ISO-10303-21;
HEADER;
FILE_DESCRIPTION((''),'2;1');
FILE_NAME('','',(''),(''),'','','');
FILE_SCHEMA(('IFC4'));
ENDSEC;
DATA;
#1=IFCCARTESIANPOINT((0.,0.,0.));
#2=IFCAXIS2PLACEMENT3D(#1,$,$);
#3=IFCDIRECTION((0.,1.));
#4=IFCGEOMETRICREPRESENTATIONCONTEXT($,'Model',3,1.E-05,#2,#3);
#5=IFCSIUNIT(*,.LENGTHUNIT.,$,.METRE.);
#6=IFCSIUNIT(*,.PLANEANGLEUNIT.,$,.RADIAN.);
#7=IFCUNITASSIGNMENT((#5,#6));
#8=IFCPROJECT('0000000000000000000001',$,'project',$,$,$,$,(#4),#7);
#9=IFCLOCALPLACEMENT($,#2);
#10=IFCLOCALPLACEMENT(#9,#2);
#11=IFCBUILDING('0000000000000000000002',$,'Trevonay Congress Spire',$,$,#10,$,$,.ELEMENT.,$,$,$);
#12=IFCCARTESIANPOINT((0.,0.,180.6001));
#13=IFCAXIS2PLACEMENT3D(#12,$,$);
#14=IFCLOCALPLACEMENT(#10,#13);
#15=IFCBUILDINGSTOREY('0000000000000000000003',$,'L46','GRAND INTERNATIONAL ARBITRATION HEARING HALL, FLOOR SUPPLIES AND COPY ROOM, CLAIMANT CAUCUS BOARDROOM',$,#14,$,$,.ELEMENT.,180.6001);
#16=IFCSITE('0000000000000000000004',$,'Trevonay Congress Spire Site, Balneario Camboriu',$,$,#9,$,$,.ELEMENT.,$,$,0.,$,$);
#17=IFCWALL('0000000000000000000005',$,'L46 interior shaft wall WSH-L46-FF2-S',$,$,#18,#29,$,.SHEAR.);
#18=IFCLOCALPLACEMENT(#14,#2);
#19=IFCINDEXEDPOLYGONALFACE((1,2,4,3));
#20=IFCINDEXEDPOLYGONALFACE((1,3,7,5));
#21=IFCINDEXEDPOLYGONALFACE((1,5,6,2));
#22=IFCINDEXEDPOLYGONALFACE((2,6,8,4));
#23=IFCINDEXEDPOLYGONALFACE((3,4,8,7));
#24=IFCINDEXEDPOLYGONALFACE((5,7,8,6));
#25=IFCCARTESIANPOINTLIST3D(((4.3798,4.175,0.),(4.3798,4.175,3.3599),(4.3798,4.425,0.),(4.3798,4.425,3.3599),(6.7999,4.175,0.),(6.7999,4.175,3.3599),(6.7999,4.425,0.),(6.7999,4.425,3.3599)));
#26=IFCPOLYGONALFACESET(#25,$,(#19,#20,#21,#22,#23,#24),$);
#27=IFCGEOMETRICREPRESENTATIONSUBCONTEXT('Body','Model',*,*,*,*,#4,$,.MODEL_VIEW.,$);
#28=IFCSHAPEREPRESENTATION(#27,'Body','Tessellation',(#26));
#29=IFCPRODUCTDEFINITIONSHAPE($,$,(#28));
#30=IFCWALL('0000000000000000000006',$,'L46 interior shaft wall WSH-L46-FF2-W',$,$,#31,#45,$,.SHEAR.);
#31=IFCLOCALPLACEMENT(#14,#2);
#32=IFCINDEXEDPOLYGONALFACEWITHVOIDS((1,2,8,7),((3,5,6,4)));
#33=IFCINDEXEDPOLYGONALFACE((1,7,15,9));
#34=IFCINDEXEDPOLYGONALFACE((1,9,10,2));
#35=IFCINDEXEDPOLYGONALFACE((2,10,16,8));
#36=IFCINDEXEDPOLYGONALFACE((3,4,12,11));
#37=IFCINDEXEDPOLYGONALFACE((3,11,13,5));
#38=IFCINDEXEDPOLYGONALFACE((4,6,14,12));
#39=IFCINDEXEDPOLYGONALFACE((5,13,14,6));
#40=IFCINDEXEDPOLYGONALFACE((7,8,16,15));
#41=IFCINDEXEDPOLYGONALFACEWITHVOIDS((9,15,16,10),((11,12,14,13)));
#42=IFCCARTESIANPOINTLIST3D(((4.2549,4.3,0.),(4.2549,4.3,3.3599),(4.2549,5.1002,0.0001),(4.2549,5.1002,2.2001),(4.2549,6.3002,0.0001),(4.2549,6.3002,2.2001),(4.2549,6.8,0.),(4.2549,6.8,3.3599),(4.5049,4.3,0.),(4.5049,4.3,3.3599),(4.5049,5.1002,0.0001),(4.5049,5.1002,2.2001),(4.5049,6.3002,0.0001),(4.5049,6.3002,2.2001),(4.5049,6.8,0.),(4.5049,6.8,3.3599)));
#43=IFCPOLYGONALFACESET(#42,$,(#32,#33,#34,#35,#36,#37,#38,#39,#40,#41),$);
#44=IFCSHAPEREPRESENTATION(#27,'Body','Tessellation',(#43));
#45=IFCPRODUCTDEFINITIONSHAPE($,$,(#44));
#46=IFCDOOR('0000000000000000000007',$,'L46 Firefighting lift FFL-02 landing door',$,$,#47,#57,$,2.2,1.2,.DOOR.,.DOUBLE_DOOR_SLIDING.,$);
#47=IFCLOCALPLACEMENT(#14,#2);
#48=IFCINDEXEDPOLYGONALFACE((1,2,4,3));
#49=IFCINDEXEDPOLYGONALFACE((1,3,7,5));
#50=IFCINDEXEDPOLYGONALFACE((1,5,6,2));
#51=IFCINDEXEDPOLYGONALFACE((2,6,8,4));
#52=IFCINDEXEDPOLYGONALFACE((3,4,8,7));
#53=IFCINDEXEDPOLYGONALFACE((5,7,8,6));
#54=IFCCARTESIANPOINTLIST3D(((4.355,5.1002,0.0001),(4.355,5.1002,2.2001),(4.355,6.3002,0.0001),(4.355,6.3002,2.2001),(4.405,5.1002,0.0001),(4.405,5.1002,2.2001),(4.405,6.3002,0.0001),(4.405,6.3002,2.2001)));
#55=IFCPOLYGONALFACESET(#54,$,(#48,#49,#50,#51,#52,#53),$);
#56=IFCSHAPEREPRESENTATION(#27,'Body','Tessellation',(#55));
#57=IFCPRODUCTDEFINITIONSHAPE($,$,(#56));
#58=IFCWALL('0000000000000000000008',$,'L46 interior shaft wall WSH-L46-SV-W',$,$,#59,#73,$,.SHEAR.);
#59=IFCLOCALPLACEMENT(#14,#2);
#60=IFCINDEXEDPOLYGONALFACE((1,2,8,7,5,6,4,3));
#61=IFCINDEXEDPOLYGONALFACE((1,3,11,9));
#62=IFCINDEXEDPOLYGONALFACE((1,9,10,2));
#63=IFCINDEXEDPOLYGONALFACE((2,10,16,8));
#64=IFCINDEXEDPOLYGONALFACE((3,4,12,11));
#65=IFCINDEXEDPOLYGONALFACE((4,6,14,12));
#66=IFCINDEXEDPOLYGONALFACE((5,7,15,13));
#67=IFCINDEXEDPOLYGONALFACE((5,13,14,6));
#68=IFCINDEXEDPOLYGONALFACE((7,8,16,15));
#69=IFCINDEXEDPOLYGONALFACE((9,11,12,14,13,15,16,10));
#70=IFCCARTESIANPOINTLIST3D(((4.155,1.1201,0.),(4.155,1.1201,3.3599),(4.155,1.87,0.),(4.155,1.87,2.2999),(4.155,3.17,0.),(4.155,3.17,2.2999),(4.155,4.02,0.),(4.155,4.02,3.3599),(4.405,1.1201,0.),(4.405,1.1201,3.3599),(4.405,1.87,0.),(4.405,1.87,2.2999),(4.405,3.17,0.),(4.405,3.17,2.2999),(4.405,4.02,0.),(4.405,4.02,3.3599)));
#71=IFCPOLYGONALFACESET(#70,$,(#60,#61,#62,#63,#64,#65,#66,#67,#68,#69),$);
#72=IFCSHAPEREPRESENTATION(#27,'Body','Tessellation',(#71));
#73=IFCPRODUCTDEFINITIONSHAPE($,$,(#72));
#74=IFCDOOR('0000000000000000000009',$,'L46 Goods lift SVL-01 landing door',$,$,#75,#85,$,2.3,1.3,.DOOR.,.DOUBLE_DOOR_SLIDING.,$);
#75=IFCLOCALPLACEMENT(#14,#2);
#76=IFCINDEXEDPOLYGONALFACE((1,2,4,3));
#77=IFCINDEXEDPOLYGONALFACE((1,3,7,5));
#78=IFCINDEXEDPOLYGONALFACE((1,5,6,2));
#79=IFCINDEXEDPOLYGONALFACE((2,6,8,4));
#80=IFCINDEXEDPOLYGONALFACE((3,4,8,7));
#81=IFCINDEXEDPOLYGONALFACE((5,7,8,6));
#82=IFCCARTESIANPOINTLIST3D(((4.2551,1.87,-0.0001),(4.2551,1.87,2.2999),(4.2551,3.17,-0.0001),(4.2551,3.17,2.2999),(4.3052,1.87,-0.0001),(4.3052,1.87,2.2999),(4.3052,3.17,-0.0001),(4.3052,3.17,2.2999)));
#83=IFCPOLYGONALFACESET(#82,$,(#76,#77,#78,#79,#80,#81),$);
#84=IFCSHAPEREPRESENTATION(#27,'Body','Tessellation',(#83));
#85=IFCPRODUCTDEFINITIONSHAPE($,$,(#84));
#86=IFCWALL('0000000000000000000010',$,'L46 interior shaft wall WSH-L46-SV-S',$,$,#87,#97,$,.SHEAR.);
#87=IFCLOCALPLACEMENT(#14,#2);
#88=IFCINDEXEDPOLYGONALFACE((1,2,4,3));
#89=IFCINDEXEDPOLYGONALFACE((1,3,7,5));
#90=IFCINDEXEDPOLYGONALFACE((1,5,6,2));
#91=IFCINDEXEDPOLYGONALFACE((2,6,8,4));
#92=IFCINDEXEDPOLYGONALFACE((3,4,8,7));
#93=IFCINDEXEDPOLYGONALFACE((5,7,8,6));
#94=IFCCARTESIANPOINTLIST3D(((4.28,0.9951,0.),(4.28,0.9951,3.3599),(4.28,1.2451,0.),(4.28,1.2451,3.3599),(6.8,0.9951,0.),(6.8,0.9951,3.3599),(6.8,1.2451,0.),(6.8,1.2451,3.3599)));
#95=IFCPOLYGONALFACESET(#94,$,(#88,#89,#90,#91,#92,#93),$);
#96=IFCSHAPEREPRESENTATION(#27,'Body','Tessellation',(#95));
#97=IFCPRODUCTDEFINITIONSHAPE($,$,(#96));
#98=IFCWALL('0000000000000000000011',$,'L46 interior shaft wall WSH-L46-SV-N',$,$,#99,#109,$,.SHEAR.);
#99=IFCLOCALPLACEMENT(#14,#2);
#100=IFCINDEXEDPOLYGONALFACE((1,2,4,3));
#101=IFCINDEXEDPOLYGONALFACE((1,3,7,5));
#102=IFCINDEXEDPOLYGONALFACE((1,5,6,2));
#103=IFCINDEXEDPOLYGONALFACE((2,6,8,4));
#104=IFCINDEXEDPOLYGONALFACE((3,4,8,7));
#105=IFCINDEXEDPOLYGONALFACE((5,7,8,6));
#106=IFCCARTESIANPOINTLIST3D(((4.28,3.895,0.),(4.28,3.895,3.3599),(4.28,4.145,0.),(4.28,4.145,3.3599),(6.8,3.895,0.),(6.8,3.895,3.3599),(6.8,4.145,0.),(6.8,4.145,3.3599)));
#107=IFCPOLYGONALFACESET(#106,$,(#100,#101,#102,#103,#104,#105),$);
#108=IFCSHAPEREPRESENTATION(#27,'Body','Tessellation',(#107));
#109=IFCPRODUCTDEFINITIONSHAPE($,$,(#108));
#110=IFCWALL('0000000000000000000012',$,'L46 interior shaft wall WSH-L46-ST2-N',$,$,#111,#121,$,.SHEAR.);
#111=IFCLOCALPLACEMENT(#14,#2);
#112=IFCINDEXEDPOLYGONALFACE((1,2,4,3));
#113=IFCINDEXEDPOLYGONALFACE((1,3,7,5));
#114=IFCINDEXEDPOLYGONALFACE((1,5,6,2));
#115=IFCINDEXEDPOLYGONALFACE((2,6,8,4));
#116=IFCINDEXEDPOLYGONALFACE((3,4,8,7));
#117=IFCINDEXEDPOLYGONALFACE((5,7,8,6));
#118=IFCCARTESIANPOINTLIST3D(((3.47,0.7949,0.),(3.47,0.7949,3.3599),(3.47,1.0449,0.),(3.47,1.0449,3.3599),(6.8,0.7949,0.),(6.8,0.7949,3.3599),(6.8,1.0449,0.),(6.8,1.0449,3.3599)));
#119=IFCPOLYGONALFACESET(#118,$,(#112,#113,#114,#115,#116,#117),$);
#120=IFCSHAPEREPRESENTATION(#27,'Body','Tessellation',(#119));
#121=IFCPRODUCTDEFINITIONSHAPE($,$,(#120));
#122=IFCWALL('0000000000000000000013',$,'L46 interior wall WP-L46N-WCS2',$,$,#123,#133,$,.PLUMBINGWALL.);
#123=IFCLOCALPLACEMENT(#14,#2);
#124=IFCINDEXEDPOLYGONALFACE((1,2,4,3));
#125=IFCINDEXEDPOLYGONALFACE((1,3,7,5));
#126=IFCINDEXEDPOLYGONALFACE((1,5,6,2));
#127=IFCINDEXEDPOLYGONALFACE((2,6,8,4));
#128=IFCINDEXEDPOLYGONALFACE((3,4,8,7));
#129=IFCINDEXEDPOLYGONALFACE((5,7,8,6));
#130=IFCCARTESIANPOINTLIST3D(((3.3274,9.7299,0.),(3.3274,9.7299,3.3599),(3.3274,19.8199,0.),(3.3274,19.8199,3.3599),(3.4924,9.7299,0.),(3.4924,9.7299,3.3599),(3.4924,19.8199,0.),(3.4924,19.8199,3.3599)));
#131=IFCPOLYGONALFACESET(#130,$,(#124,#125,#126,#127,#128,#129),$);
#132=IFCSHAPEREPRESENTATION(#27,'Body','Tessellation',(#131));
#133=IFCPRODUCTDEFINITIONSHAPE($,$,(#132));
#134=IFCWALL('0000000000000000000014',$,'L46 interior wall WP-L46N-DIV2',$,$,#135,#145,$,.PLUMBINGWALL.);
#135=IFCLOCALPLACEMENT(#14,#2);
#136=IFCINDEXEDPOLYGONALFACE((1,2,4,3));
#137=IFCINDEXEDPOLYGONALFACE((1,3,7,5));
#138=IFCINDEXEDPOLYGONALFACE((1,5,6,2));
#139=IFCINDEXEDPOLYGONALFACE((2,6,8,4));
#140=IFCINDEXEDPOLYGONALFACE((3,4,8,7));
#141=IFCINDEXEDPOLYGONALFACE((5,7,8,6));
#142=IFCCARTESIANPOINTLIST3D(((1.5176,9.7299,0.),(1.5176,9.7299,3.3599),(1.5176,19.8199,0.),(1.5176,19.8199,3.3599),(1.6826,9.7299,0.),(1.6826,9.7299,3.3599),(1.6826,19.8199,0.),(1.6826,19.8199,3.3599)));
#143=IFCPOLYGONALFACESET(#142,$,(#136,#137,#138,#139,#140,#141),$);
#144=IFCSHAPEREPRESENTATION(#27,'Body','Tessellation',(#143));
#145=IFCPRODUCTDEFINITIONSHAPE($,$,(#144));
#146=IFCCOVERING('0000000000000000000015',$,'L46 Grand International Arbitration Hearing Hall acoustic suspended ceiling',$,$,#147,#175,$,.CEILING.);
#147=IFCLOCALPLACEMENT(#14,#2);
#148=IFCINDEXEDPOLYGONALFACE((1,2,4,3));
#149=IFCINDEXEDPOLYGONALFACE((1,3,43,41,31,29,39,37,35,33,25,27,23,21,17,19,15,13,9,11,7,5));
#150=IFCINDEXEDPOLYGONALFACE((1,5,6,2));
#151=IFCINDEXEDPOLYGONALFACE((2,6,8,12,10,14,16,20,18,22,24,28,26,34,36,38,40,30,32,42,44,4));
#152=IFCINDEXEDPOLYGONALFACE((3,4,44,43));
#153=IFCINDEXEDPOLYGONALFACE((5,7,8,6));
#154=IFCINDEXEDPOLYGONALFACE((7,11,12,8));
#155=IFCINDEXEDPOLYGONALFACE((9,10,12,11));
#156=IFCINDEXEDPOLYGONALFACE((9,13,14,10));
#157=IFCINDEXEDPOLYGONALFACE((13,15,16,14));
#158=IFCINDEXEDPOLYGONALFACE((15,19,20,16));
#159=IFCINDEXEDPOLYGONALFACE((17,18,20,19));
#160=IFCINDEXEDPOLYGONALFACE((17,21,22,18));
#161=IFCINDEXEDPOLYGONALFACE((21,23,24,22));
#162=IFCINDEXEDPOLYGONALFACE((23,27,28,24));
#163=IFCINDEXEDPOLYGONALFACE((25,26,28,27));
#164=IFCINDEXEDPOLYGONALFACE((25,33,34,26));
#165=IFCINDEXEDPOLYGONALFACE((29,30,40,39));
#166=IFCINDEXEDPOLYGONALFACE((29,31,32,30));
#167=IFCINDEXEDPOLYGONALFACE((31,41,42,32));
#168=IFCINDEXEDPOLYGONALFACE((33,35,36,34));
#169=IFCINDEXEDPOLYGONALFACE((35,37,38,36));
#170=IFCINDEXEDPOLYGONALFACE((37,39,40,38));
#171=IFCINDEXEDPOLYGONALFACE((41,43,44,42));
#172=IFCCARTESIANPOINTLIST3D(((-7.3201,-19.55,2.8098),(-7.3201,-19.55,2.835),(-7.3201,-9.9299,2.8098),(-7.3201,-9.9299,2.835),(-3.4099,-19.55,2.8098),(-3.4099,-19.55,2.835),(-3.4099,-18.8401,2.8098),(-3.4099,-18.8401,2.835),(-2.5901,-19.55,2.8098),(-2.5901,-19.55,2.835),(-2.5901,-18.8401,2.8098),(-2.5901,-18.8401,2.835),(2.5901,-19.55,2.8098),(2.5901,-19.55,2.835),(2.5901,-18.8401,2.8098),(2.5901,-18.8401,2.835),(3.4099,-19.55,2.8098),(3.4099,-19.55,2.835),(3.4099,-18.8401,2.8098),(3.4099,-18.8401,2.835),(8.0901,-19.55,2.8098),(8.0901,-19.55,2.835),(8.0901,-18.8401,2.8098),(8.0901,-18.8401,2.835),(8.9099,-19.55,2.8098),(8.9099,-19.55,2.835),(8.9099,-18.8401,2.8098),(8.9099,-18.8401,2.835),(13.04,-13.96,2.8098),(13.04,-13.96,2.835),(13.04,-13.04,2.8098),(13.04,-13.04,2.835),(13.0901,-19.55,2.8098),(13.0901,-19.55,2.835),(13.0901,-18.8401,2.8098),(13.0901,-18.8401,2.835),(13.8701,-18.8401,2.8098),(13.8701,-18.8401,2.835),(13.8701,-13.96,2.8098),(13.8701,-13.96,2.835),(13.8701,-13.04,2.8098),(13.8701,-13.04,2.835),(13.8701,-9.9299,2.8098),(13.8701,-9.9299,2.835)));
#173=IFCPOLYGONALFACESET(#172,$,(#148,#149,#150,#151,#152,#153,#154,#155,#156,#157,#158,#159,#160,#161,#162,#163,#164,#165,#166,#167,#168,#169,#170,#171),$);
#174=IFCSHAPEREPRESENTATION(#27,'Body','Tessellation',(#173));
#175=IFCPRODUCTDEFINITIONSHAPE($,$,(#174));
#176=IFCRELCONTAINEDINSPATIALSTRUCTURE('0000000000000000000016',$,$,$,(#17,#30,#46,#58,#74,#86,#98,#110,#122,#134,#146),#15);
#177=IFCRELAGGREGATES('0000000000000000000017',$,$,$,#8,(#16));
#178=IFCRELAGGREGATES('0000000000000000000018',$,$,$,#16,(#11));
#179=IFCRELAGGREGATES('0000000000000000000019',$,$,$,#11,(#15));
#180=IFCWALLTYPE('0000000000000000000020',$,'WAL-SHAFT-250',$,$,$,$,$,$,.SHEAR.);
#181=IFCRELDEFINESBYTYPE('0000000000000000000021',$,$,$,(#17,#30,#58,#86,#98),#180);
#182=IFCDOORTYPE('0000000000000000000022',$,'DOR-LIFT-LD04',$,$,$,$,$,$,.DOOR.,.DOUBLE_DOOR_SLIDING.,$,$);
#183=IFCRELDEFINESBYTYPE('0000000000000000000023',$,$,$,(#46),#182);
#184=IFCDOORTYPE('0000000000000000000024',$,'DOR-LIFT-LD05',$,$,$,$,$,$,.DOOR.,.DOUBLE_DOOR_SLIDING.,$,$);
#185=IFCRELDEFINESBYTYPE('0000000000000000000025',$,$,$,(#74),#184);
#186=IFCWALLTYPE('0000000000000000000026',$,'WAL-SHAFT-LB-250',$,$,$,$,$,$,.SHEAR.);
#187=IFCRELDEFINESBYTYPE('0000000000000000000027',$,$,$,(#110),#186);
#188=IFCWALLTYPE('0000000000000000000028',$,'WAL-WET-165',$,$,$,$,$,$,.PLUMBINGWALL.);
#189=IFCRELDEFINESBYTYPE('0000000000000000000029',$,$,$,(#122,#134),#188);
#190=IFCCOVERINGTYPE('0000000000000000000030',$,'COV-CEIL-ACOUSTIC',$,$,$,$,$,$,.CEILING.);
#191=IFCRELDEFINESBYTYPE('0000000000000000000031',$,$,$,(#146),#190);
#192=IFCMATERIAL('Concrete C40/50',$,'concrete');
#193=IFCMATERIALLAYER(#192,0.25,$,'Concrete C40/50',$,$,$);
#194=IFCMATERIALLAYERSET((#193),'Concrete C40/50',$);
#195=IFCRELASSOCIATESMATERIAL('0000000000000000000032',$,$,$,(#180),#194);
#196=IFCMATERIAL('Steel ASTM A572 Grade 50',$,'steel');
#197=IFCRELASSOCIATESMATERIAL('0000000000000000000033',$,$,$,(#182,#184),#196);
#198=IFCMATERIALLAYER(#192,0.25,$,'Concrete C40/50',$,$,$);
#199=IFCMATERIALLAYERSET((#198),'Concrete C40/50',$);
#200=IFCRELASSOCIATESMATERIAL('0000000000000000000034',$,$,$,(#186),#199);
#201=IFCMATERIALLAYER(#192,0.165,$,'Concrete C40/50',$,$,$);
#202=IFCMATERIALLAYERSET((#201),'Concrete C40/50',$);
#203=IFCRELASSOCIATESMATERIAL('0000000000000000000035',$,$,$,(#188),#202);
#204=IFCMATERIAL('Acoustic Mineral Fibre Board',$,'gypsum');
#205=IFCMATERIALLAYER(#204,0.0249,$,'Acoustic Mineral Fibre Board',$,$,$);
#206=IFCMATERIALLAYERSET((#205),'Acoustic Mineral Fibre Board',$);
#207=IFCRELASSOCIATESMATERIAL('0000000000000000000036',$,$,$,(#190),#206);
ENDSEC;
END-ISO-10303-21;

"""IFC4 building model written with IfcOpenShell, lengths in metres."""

from ifc_helpers import new_model, si_unit, direction, frame, frame_2d, origin, place, context, subcontext, project, spatial, polyline, rectangle, outline, extrude, material, layer, layer_set, type_object, element, fill, save


model = new_model("IFC4")

# Units and contexts
model_context = context("Model", 3, precision=1e-05, world=origin(), true_north=direction((0.0, 1.0)))
body_context = subcontext(model_context, "Body", "Model", "MODEL_VIEW")
ifc_project = project(units=[si_unit("LENGTHUNIT", "METRE"), si_unit("PLANEANGLEUNIT", "RADIAN")], contexts=[model_context])

# Site, building, storey
site_placement = place(None, origin())
site = spatial("IfcSite", under=ifc_project, at=site_placement, Name="Trevonay Congress Spire Site, Balneario Camboriu", CompositionType="ELEMENT", RefElevation=0.0)
building_placement = place(site_placement, origin())
building = spatial("IfcBuilding", under=site, at=building_placement, Name="Trevonay Congress Spire", CompositionType="ELEMENT")
storey_placement = place(building_placement, frame((0.0, 0.0, 180.6001)))
storey = spatial("IfcBuildingStorey", under=building, at=storey_placement, Name="L46", Description="GRAND INTERNATIONAL ARBITRATION HEARING HALL, FLOOR SUPPLIES AND COPY ROOM, CLAIMANT CAUCUS BOARDROOM", CompositionType="ELEMENT", Elevation=180.6001)

# Shared definitions
ifc_material_1 = material(Name="Steel ASTM A572 Grade 50", Category="steel")

# Wall
ifc_material_2 = material(Name="Concrete C40/50", Category="concrete")
ifc_layer_1 = layer(ifc_material_2, 0.25, Name="Concrete C40/50")
ifc_layer_set_1 = layer_set([ifc_layer_1], Name="Concrete C40/50")
wall_type_1 = type_object("IfcWallType", Name="WAL-SHAFT-250", PredefinedType="SHEAR", material=ifc_layer_set_1)
wall_1_placement = place(storey_placement, frame((4.3799, 4.3, 0.0), z_axis=(0.0, 0.0, 1.0), x_axis=(1.0, 0.0, 0.0)))
element("IfcWall", 1, at=wall_1_placement, inside=storey, type_object=wall_type_1, Name="L46 interior shaft wall WSH-L46-FF2-S", PredefinedType="SHEAR", context=body_context, shape_type="SweptSolid", body=[
    extrude(rectangle(XDim=2.4202, YDim=0.25, at=frame_2d((1.21, 0.0))), origin(), (0.0, 0.0, 1.0), 3.3599),
])

# Walls, openings, doors
wall_2_placement = place(storey_placement, frame((4.3799, 4.3, 0.0), z_axis=(0.0, 0.0, 1.0), x_axis=(0.0, 1.0, 0.0)))
wall_2 = element("IfcWall", 2, at=wall_2_placement, inside=storey, type_object=wall_type_1, Name="L46 interior shaft wall WSH-L46-FF2-W", PredefinedType="SHEAR", context=body_context, shape_type="SweptSolid", body=[
    extrude(rectangle(XDim=2.5, YDim=0.25, at=frame_2d((1.25, 0.0))), origin(), (0.0, 0.0, 1.0), 3.3599),
])
opening_1_placement = place(wall_2_placement, frame((0.8, 0.0, 0.0)))
opening_1 = element("IfcOpeningElement", 3, at=opening_1_placement, cuts=wall_2, PredefinedType="OPENING", context=body_context, shape_type="SweptSolid", body=[
    extrude(rectangle(XDim=1.2, YDim=2.2, at=frame_2d((0.6001, 1.1001))), frame((0.0, 0.135, 0.0), z_axis=(0.0, -1.0, 0.0), x_axis=(1.0, 0.0, 0.0)), (0.0, 0.0, 1.0), 0.27),
])
door_type_1 = type_object("IfcDoorType", Name="DOR-LIFT-LD04", OperationType="DOUBLE_DOOR_SLIDING", PredefinedType="DOOR", material=ifc_material_1)
door_1_placement = place(opening_1_placement, origin())
door_1 = element("IfcDoor", 4, at=door_1_placement, inside=storey, type_object=door_type_1, Name="L46 Firefighting lift FFL-02 landing door", OperationType="DOUBLE_DOOR_SLIDING", OverallHeight=2.2, OverallWidth=1.2, PredefinedType="DOOR", context=body_context, shape_type="SweptSolid", body=[
    extrude(rectangle(XDim=1.2, YDim=2.2, at=frame_2d((0.6001, 1.1001))), frame((0.0, 0.0249, 0.0), z_axis=(0.0, -1.0, 0.0), x_axis=(1.0, 0.0, 0.0)), (0.0, 0.0, 1.0), 0.05),
])
fill(opening_1, door_1)
wall_3_placement = place(storey_placement, frame((4.28, 1.1201, 0.0), z_axis=(0.0, 0.0, 1.0), x_axis=(0.0, 1.0, 0.0)))
wall_3 = element("IfcWall", 5, at=wall_3_placement, inside=storey, type_object=wall_type_1, Name="L46 interior shaft wall WSH-L46-SV-W", PredefinedType="SHEAR", context=body_context, shape_type="SweptSolid", body=[
    extrude(rectangle(XDim=2.8999, YDim=0.25, at=frame_2d((1.45, 0.0))), origin(), (0.0, 0.0, 1.0), 3.3599),
])
opening_2_placement = place(wall_3_placement, frame((0.75, 0.0, 0.0)))
opening_2 = element("IfcOpeningElement", 6, at=opening_2_placement, cuts=wall_3, PredefinedType="OPENING", context=body_context, shape_type="SweptSolid", body=[
    extrude(rectangle(XDim=1.3, YDim=2.3, at=frame_2d((0.6499, 1.1499))), frame((0.0, 0.135, 0.0), z_axis=(0.0, -1.0, 0.0), x_axis=(1.0, 0.0, 0.0)), (0.0, 0.0, 1.0), 0.27),
])
door_type_2 = type_object("IfcDoorType", Name="DOR-LIFT-LD05", OperationType="DOUBLE_DOOR_SLIDING", PredefinedType="DOOR", material=ifc_material_1)
door_2_placement = place(opening_2_placement, origin())
door_2 = element("IfcDoor", 7, at=door_2_placement, inside=storey, type_object=door_type_2, Name="L46 Goods lift SVL-01 landing door", OperationType="DOUBLE_DOOR_SLIDING", OverallHeight=2.3, OverallWidth=1.3, PredefinedType="DOOR", context=body_context, shape_type="SweptSolid", body=[
    extrude(rectangle(XDim=1.3, YDim=2.3, at=frame_2d((0.6499, 1.1499))), frame((0.0, 0.0249, 0.0), z_axis=(0.0, -1.0, 0.0), x_axis=(1.0, 0.0, 0.0)), (0.0, 0.0, 1.0), 0.05),
])
fill(opening_2, door_2)

# Walls
for number, where, z_axis, x_axis, name in (
    (8, (4.28, 1.1201, 0.0), (0.0, 0.0, 1.0), (1.0, 0.0, 0.0), "L46 interior shaft wall WSH-L46-SV-S"),
    (9, (4.28, 4.02, 0.0), (0.0, 0.0, 1.0), (1.0, 0.0, 0.0), "L46 interior shaft wall WSH-L46-SV-N"),
):
    element("IfcWall", number, at=place(storey_placement, frame(where, z_axis=z_axis, x_axis=x_axis)), inside=storey, type_object=wall_type_1, Name=name, PredefinedType="SHEAR", context=body_context, shape_type="SweptSolid", body=[
        extrude(rectangle(XDim=2.52, YDim=0.25, at=frame_2d((1.26, 0.0))), origin(), (0.0, 0.0, 1.0), 3.3599),
    ])
ifc_layer_2 = layer(ifc_material_2, 0.25, Name="Concrete C40/50")
ifc_layer_set_2 = layer_set([ifc_layer_2], Name="Concrete C40/50")
wall_type_2 = type_object("IfcWallType", Name="WAL-SHAFT-LB-250", PredefinedType="SHEAR", material=ifc_layer_set_2)
wall_4_placement = place(storey_placement, frame((3.47, 0.9199, 0.0), z_axis=(0.0, 0.0, 1.0), x_axis=(1.0, 0.0, 0.0)))
element("IfcWall", 10, at=wall_4_placement, inside=storey, type_object=wall_type_2, Name="L46 interior shaft wall WSH-L46-ST2-N", PredefinedType="SHEAR", context=body_context, shape_type="SweptSolid", body=[
    extrude(rectangle(XDim=3.3301, YDim=0.25, at=frame_2d((1.665, 0.0))), origin(), (0.0, 0.0, 1.0), 3.3599),
])
ifc_layer_3 = layer(ifc_material_2, 0.165, Name="Concrete C40/50")
ifc_layer_set_3 = layer_set([ifc_layer_3], Name="Concrete C40/50")
wall_type_3 = type_object("IfcWallType", Name="WAL-WET-165", PredefinedType="PLUMBINGWALL", material=ifc_layer_set_3)
for number, where, z_axis, x_axis, name in (
    (11, (3.4099, 9.73, 0.0), (0.0, 0.0, 1.0), (0.0, 1.0, 0.0), "L46 interior wall WP-L46N-WCS2"),
    (12, (1.6001, 9.73, 0.0), (0.0, 0.0, 1.0), (0.0, 1.0, 0.0), "L46 interior wall WP-L46N-DIV2"),
):
    element("IfcWall", number, at=place(storey_placement, frame(where, z_axis=z_axis, x_axis=x_axis)), inside=storey, type_object=wall_type_3, Name=name, PredefinedType="PLUMBINGWALL", context=body_context, shape_type="SweptSolid", body=[
        extrude(rectangle(XDim=10.0901, YDim=0.165, at=frame_2d((5.0449, 0.0))), origin(), (0.0, 0.0, 1.0), 3.3599),
    ])

# Covering
ifc_material_3 = material(Name="Acoustic Mineral Fibre Board", Category="gypsum")
ifc_layer_4 = layer(ifc_material_3, 0.0249, Name="Acoustic Mineral Fibre Board")
ifc_layer_set_4 = layer_set([ifc_layer_4], Name="Acoustic Mineral Fibre Board")
covering_type_1 = type_object("IfcCoveringType", Name="COV-CEIL-ACOUSTIC", PredefinedType="CEILING", material=ifc_layer_set_4)
covering_1_placement = place(storey_placement, frame((0.0, 0.0, 2.8098)))
element("IfcCovering", 13, at=covering_1_placement, inside=storey, type_object=covering_type_1, Name="L46 Grand International Arbitration Hearing Hall acoustic suspended ceiling", PredefinedType="CEILING", context=body_context, shape_type="SweptSolid", body=[
    extrude(outline(polyline([(-7.3201, -19.55), (-7.3201, -9.9299), (13.8701, -9.9299), (13.8701, -13.04), (13.04, -13.04), (13.04, -13.96), (13.8701, -13.96), (13.8701, -18.8401), (13.0901, -18.8401), (13.0901, -19.55), (8.9099, -19.55), (8.9099, -18.8401), (8.0901, -18.8401), (8.0901, -19.55), (3.4099, -19.55), (3.4099, -18.8401), (2.5901, -18.8401), (2.5901, -19.55), (-2.5901, -19.55), (-2.5901, -18.8401), (-3.4099, -18.8401), (-3.4099, -19.55), (-7.3201, -19.55)])), origin(), (0.0, 0.0, 1.0), 0.0251),
])

save(model, "model.ifc")
